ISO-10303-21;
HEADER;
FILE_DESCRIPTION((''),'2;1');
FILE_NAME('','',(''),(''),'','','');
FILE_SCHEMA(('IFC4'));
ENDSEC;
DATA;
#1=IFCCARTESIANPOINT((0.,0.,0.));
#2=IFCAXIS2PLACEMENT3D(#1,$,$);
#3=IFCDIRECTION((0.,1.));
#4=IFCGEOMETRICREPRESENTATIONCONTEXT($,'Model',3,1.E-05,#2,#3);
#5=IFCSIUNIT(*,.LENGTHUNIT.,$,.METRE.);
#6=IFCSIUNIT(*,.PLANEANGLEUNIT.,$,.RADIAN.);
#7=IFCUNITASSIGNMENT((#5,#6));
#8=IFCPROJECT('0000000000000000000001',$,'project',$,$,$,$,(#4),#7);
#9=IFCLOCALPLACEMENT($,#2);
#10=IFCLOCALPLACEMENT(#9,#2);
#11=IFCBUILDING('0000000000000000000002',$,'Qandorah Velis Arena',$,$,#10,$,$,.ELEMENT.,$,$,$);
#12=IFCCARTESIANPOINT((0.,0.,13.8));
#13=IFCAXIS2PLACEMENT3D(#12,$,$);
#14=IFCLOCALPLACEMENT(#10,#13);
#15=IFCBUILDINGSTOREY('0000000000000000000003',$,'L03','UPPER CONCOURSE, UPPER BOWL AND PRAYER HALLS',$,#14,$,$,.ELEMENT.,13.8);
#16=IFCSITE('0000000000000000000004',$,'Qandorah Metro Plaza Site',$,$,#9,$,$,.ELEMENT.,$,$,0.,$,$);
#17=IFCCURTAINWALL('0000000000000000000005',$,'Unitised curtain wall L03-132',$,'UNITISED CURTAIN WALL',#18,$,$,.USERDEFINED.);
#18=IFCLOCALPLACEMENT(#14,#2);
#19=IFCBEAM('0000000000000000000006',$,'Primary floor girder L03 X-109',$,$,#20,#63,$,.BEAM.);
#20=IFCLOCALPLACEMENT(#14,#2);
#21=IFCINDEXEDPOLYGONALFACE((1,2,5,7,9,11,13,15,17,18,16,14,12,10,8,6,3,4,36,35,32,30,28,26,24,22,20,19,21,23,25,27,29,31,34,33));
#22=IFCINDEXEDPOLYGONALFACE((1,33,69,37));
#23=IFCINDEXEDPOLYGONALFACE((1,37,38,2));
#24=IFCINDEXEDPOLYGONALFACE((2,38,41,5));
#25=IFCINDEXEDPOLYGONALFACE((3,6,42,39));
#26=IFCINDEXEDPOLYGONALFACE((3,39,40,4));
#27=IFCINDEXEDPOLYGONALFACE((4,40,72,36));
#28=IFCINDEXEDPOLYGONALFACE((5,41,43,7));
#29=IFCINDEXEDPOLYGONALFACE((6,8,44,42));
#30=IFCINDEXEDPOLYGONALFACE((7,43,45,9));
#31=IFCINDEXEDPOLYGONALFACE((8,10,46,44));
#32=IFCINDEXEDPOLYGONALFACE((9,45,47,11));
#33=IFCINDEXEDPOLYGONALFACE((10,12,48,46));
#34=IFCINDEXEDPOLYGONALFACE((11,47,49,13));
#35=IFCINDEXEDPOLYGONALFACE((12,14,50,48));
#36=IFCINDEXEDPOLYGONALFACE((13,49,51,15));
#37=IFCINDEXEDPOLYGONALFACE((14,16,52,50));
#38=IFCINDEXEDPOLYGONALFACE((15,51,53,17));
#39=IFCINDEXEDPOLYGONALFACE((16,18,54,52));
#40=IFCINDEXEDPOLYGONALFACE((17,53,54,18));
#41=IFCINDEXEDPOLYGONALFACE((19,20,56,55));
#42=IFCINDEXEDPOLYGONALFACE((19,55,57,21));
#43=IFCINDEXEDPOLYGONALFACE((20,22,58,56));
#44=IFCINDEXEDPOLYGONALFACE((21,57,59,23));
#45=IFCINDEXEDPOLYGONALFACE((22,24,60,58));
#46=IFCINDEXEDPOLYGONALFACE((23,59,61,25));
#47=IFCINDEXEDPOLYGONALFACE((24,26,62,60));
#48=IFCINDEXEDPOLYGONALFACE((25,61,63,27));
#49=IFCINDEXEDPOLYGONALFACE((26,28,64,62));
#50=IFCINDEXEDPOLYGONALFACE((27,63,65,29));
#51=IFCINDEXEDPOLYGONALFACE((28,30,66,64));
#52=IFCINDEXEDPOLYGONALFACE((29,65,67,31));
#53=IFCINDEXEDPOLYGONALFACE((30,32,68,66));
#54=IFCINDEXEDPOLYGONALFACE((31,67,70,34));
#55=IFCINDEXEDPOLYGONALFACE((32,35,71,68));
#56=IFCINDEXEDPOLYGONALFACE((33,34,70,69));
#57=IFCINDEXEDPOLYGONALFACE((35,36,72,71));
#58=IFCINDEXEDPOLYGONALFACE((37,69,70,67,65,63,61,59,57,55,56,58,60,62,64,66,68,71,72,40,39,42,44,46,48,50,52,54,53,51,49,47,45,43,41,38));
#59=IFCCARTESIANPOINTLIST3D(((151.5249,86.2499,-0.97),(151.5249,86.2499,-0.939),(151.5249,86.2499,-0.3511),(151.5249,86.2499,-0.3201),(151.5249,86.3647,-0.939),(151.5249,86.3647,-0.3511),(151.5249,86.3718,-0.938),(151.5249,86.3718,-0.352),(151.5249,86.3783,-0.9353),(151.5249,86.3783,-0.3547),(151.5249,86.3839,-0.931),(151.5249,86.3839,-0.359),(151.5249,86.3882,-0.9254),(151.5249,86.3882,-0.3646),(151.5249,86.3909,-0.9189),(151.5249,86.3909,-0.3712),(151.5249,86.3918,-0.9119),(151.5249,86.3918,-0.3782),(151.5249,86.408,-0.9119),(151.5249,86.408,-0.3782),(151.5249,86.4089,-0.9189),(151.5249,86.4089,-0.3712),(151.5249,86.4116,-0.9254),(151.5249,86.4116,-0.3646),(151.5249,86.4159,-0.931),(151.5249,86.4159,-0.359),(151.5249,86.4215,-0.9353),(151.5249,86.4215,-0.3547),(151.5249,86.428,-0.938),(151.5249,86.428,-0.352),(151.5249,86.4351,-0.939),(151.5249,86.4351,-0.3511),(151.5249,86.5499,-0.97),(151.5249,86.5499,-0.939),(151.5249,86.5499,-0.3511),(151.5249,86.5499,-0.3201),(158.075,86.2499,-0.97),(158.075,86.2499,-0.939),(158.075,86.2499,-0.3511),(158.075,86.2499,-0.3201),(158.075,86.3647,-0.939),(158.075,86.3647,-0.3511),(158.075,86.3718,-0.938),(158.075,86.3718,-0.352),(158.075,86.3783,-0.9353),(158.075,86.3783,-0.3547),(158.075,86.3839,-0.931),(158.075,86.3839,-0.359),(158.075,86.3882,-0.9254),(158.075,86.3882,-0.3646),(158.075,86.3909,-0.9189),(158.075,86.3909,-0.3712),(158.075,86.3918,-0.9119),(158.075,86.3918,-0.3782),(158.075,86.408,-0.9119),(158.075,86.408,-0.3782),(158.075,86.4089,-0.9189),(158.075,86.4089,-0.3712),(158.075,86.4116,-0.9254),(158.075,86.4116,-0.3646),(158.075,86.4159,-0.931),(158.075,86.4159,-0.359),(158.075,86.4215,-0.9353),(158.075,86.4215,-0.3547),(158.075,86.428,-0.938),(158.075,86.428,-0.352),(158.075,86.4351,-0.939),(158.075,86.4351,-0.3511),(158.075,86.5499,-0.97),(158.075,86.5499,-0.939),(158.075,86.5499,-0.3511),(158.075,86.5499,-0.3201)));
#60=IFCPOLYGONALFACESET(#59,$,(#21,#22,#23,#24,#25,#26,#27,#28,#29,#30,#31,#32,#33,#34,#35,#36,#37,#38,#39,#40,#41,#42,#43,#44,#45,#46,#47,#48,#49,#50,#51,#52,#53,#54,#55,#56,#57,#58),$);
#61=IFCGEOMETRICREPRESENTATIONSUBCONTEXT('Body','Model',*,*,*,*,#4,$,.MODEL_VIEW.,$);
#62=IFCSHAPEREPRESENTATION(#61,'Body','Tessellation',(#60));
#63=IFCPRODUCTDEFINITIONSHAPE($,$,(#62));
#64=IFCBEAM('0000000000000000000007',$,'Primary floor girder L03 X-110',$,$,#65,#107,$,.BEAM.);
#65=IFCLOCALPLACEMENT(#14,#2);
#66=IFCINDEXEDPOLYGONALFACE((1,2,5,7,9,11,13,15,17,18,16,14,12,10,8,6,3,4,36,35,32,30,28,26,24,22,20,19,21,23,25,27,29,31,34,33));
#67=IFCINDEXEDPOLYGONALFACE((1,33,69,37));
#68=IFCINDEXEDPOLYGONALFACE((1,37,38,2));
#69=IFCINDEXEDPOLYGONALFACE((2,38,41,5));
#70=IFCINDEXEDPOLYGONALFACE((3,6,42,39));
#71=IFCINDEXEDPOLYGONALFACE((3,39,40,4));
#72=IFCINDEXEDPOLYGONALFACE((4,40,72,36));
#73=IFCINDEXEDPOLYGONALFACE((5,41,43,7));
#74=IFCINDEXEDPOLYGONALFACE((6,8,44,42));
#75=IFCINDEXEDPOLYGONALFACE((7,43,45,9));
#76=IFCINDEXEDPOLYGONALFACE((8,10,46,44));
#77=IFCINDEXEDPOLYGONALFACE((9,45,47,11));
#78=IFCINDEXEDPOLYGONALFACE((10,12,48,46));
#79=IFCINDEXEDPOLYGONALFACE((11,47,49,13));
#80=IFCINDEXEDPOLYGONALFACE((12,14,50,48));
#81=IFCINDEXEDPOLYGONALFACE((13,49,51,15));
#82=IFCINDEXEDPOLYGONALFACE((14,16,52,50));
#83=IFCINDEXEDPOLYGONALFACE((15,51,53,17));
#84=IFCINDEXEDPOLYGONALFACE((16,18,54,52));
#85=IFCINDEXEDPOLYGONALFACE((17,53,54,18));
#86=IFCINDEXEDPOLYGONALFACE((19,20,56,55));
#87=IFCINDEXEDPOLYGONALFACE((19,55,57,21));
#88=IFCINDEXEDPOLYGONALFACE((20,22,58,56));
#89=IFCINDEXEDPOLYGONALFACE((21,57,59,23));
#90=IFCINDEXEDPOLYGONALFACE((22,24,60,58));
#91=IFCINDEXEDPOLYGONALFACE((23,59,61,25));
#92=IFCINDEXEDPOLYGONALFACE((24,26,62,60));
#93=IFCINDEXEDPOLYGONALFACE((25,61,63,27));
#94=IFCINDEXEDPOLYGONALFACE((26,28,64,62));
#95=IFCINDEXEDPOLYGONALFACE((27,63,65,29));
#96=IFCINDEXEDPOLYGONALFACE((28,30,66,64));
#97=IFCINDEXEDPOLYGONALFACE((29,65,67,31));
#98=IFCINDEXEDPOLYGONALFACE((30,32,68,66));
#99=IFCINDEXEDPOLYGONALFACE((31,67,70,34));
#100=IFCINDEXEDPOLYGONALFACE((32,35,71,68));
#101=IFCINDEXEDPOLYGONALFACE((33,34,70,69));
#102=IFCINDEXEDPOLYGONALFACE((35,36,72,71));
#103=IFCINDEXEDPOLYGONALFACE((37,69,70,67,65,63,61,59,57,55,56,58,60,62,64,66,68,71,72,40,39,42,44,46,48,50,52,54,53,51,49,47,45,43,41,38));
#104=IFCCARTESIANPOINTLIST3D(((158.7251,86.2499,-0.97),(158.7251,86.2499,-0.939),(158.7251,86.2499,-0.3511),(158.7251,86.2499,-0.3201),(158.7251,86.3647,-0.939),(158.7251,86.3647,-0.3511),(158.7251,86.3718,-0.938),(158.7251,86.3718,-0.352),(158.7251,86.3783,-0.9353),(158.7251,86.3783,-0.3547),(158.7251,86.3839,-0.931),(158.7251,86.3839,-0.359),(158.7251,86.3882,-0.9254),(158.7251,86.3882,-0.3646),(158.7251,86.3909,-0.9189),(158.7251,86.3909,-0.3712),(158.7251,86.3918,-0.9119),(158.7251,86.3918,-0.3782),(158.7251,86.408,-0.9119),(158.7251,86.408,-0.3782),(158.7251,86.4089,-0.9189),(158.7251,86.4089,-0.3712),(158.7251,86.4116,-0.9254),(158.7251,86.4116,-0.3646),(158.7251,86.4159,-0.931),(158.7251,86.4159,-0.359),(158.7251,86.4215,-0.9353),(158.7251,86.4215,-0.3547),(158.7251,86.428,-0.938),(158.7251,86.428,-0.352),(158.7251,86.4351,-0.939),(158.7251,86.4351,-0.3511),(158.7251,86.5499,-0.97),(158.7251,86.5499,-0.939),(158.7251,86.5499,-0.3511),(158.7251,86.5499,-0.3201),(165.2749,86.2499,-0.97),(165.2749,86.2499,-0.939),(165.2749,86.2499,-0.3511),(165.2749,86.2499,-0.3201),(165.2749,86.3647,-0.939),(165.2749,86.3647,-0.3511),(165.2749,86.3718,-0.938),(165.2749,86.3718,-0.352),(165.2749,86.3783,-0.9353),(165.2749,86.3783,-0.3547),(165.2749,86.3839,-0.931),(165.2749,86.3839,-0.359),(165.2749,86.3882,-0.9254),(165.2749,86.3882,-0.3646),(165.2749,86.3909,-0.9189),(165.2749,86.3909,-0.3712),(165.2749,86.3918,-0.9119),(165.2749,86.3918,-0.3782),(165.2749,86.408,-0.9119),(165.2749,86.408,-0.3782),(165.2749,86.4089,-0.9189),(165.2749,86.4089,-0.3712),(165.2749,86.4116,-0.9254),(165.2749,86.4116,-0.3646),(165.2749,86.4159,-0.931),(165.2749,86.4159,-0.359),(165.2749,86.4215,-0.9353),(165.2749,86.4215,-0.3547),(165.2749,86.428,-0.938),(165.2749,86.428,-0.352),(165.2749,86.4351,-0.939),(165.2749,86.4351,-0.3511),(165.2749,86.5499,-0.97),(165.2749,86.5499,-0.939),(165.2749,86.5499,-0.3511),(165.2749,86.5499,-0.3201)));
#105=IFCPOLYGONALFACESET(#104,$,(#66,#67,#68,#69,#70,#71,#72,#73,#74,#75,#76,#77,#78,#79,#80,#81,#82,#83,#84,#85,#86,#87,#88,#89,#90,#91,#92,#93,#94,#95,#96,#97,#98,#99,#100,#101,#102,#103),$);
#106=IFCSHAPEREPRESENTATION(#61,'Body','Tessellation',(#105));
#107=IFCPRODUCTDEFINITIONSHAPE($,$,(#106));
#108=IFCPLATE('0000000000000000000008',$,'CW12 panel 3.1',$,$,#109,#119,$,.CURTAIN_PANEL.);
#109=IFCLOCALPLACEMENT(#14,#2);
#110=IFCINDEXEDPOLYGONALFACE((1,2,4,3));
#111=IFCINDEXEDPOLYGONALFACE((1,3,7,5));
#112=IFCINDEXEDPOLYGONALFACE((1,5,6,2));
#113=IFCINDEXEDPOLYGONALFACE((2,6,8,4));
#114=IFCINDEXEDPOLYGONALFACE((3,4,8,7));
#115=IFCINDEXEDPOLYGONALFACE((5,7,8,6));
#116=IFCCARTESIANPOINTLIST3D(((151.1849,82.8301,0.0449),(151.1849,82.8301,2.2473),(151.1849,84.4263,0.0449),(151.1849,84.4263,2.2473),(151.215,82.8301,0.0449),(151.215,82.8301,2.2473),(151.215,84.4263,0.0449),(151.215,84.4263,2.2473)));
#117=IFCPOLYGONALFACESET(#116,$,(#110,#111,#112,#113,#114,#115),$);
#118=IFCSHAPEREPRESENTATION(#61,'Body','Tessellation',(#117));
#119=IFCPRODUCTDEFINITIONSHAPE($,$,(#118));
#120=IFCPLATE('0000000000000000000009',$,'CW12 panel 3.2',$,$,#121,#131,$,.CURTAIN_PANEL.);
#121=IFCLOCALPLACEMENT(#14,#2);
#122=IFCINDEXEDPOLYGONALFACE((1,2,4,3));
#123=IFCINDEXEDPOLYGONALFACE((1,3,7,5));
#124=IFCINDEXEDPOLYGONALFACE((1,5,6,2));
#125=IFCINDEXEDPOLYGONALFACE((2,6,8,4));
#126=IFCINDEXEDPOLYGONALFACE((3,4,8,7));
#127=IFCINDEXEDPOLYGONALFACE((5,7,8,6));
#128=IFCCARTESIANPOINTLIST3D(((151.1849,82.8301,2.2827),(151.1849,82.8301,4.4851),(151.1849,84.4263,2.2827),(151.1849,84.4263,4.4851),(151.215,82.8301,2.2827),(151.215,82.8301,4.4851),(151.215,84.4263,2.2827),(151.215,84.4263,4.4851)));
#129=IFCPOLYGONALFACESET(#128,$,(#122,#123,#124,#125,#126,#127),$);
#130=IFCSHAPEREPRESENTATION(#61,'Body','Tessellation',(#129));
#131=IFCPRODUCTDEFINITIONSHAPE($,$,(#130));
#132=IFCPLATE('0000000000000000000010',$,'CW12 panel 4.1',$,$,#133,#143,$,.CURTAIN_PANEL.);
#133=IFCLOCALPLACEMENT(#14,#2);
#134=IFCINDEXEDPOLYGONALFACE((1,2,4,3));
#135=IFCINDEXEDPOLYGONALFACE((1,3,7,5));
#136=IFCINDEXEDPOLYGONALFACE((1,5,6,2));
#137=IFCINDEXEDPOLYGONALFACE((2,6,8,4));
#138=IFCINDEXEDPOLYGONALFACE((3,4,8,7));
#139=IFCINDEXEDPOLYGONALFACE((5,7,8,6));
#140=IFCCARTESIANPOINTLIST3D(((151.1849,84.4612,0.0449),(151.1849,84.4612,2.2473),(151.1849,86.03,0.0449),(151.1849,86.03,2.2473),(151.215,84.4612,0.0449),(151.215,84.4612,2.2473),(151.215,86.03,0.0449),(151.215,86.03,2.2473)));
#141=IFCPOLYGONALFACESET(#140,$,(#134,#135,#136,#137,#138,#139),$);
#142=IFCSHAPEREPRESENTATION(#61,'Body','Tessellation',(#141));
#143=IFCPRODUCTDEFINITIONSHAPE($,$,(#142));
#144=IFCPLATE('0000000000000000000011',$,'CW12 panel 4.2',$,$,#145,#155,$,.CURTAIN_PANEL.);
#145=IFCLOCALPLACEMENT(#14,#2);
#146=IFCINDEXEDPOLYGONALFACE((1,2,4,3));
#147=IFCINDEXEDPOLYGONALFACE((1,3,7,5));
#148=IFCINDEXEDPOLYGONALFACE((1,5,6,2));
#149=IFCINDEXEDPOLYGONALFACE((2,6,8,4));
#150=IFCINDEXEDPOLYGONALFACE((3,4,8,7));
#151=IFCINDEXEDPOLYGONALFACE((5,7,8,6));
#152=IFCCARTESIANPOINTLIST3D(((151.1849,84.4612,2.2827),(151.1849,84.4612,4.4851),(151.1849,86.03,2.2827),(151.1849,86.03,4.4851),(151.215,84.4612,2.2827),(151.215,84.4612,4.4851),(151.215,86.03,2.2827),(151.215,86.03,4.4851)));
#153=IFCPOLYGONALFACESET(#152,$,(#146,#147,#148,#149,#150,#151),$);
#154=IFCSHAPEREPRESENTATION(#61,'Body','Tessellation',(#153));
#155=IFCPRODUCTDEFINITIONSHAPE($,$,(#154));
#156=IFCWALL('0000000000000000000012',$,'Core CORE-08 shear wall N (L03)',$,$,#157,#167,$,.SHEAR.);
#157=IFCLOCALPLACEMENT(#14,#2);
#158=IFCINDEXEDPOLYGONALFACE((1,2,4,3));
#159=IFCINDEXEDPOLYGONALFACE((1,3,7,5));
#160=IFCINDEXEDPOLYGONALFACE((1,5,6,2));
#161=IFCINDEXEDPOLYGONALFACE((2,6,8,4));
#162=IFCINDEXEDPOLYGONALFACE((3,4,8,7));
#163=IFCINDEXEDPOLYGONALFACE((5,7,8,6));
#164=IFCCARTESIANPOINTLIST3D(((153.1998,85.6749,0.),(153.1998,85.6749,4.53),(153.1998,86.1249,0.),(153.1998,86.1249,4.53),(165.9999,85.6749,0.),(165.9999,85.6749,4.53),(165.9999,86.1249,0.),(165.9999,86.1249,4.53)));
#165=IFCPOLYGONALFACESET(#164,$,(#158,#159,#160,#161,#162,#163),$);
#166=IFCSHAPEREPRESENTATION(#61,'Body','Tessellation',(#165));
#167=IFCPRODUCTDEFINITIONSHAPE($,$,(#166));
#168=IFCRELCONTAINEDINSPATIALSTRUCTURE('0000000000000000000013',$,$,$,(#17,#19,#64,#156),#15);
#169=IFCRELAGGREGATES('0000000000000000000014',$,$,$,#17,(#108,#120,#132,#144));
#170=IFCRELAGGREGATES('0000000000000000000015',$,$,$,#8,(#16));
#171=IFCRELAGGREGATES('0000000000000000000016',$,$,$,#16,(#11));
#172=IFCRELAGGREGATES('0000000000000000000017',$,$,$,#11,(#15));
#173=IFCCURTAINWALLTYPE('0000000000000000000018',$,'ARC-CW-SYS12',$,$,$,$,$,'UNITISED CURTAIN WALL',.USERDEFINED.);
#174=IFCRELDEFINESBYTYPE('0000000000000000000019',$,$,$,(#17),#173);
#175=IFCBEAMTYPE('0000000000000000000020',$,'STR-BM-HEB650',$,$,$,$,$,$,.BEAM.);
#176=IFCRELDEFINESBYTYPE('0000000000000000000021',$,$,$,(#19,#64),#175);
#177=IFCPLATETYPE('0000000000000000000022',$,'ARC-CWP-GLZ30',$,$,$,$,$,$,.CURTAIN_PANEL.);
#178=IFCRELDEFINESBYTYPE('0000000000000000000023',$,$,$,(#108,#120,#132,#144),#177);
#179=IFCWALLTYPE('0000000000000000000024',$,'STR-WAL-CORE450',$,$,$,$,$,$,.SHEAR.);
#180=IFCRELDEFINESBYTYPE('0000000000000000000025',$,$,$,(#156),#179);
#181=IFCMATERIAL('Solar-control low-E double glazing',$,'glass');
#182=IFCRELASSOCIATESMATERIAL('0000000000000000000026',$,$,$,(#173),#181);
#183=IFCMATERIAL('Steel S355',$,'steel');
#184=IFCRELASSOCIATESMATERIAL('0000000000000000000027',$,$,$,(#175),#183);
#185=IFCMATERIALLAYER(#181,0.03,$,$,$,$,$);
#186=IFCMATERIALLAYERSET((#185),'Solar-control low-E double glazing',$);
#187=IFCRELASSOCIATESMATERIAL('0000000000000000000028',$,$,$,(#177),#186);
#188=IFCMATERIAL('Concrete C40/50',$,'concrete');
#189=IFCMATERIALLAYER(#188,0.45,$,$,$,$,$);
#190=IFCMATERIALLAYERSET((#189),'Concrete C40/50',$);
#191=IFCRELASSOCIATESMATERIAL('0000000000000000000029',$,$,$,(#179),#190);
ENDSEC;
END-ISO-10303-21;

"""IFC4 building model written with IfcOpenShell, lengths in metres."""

from ifc_helpers import new_model, si_unit, direction, frame, frame_2d, origin, origin_2d, place, context, subcontext, project, spatial, rectangle, i_section, extrude, material, layer, layer_set, material_profile, profile_set, type_object, element, aggregate, save


model = new_model("IFC4")

# Units and contexts
model_context = context("Model", 3, precision=1e-05, world=origin(), true_north=direction((0.0, 1.0)))
body_context = subcontext(model_context, "Body", "Model", "MODEL_VIEW")
ifc_project = project(units=[si_unit("LENGTHUNIT", "METRE"), si_unit("PLANEANGLEUNIT", "RADIAN")], contexts=[model_context])

# Site, building, storey
site_placement = place(None, origin())
site = spatial("IfcSite", under=ifc_project, at=site_placement, Name="Qandorah Metro Plaza Site", CompositionType="ELEMENT", RefElevation=0.0)
building_placement = place(site_placement, origin())
building = spatial("IfcBuilding", under=site, at=building_placement, Name="Qandorah Velis Arena", CompositionType="ELEMENT")
storey_placement = place(building_placement, frame((0.0, 0.0, 13.8)))
storey = spatial("IfcBuildingStorey", under=building, at=storey_placement, Name="L03", Description="UPPER CONCOURSE, UPPER BOWL AND PRAYER HALLS", CompositionType="ELEMENT", Elevation=13.8)

# Shared definitions
ifc_material_1 = material(Name="Concrete C40/50", Category="concrete")

# Curtain wall
ifc_material_2 = material(Name="Solar-control low-E double glazing", Category="glass")
curtain_wall_type = type_object("IfcCurtainWallType", Name="ARC-CW-SYS12", ElementType="UNITISED CURTAIN WALL", PredefinedType="USERDEFINED", material=ifc_material_2)
curtain_wall_placement = place(storey_placement, origin())
curtain_wall = element("IfcCurtainWall", 1, at=curtain_wall_placement, inside=storey, type_object=curtain_wall_type, Name="Unitised curtain wall L03-132", ObjectType="UNITISED CURTAIN WALL", PredefinedType="USERDEFINED")

# Beams
ifc_material_3 = material(Name="Steel S355", Category="steel")
ifc_material_profile_1 = material_profile(ifc_material_3, i_section(OverallWidth=0.3, OverallDepth=0.6499, WebThickness=0.0161, FlangeThickness=0.031, FilletRadius=0.0271, at=origin_2d()), Name="HEB 650")
ifc_profile_set_1 = profile_set([ifc_material_profile_1], Name="Steel S355")
beam_type = type_object("IfcBeamType", Name="STR-BM-HEB650", PredefinedType="BEAM", material=ifc_profile_set_1)
beam_1_placement = place(storey_placement, frame((151.5249, 86.3999, -0.645), z_axis=(1.0, 0.0, 0.0), x_axis=(0.0, 1.0, 0.0)))
element("IfcBeam", 2, at=beam_1_placement, inside=storey, type_object=beam_type, Name="Primary floor girder L03 X-109", PredefinedType="BEAM", context=body_context, shape_type="SweptSolid", body=[
    extrude(i_section(OverallWidth=0.3, OverallDepth=0.6499, WebThickness=0.0161, FlangeThickness=0.031, FilletRadius=0.0271, at=origin_2d()), origin(), (0.0, 0.0, 1.0), 6.55),
])
beam_2_placement = place(storey_placement, frame((158.7251, 86.3999, -0.645), z_axis=(1.0, 0.0, 0.0), x_axis=(0.0, 1.0, 0.0)))
element("IfcBeam", 3, at=beam_2_placement, inside=storey, type_object=beam_type, Name="Primary floor girder L03 X-110", PredefinedType="BEAM", context=body_context, shape_type="SweptSolid", body=[
    extrude(i_section(OverallWidth=0.3, OverallDepth=0.6499, WebThickness=0.0161, FlangeThickness=0.031, FilletRadius=0.0271, at=origin_2d()), origin(), (0.0, 0.0, 1.0), 6.5498),
])

# Plates
ifc_layer_1 = layer(ifc_material_2, 0.03)
ifc_layer_set_1 = layer_set([ifc_layer_1], Name="Solar-control low-E double glazing")
plate_type = type_object("IfcPlateType", Name="ARC-CWP-GLZ30", PredefinedType="CURTAIN_PANEL", material=ifc_layer_set_1)
plate_1_placement = place(storey_placement, frame((151.2, 83.6282, 0.0449), z_axis=(0.0, 0.0, 1.0), x_axis=(0.0, 1.0, 0.0)))
plate_1 = element("IfcPlate", 4, at=plate_1_placement, type_object=plate_type, Name="CW12 panel 3.1", PredefinedType="CURTAIN_PANEL", context=body_context, shape_type="SweptSolid", body=[
    extrude(rectangle(XDim=1.5962, YDim=0.03, at=origin_2d()), origin(), (0.0, 0.0, 1.0), 2.2024),
])
plate_2_placement = place(storey_placement, frame((151.2, 83.6282, 2.2827), z_axis=(0.0, 0.0, 1.0), x_axis=(0.0, 1.0, 0.0)))
plate_2 = element("IfcPlate", 5, at=plate_2_placement, type_object=plate_type, Name="CW12 panel 3.2", PredefinedType="CURTAIN_PANEL", context=body_context, shape_type="SweptSolid", body=[
    extrude(rectangle(XDim=1.5962, YDim=0.03, at=origin_2d()), origin(), (0.0, 0.0, 1.0), 2.2024),
])
plate_3_placement = place(storey_placement, frame((151.2, 85.2456, 0.0449), z_axis=(0.0, 0.0, 1.0), x_axis=(0.0, 1.0, 0.0)))
plate_3 = element("IfcPlate", 6, at=plate_3_placement, type_object=plate_type, Name="CW12 panel 4.1", PredefinedType="CURTAIN_PANEL", context=body_context, shape_type="SweptSolid", body=[
    extrude(rectangle(XDim=1.5688, YDim=0.03, at=origin_2d()), origin(), (0.0, 0.0, 1.0), 2.2024),
])
plate_4_placement = place(storey_placement, frame((151.2, 85.2456, 2.2827), z_axis=(0.0, 0.0, 1.0), x_axis=(0.0, 1.0, 0.0)))
plate_4 = element("IfcPlate", 7, at=plate_4_placement, type_object=plate_type, Name="CW12 panel 4.2", PredefinedType="CURTAIN_PANEL", context=body_context, shape_type="SweptSolid", body=[
    extrude(rectangle(XDim=1.5688, YDim=0.03, at=origin_2d()), origin(), (0.0, 0.0, 1.0), 2.2024),
])
aggregate(curtain_wall, [plate_1, plate_2, plate_3, plate_4])

# Wall
ifc_layer_2 = layer(ifc_material_1, 0.45)
ifc_layer_set_2 = layer_set([ifc_layer_2], Name="Concrete C40/50")
wall_type = type_object("IfcWallType", Name="STR-WAL-CORE450", PredefinedType="SHEAR", material=ifc_layer_set_2)
wall_placement = place(storey_placement, frame((153.2, 85.8999, 0.0), z_axis=(0.0, 0.0, 1.0), x_axis=(1.0, 0.0, 0.0)))
element("IfcWall", 8, at=wall_placement, inside=storey, type_object=wall_type, Name="Core CORE-08 shear wall N (L03)", PredefinedType="SHEAR", context=body_context, shape_type="SweptSolid", body=[
    extrude(rectangle(XDim=12.8, YDim=0.45, at=frame_2d((6.3999, 0.0))), origin(), (0.0, 0.0, 1.0), 4.53),
])

save(model, "model.ifc")
